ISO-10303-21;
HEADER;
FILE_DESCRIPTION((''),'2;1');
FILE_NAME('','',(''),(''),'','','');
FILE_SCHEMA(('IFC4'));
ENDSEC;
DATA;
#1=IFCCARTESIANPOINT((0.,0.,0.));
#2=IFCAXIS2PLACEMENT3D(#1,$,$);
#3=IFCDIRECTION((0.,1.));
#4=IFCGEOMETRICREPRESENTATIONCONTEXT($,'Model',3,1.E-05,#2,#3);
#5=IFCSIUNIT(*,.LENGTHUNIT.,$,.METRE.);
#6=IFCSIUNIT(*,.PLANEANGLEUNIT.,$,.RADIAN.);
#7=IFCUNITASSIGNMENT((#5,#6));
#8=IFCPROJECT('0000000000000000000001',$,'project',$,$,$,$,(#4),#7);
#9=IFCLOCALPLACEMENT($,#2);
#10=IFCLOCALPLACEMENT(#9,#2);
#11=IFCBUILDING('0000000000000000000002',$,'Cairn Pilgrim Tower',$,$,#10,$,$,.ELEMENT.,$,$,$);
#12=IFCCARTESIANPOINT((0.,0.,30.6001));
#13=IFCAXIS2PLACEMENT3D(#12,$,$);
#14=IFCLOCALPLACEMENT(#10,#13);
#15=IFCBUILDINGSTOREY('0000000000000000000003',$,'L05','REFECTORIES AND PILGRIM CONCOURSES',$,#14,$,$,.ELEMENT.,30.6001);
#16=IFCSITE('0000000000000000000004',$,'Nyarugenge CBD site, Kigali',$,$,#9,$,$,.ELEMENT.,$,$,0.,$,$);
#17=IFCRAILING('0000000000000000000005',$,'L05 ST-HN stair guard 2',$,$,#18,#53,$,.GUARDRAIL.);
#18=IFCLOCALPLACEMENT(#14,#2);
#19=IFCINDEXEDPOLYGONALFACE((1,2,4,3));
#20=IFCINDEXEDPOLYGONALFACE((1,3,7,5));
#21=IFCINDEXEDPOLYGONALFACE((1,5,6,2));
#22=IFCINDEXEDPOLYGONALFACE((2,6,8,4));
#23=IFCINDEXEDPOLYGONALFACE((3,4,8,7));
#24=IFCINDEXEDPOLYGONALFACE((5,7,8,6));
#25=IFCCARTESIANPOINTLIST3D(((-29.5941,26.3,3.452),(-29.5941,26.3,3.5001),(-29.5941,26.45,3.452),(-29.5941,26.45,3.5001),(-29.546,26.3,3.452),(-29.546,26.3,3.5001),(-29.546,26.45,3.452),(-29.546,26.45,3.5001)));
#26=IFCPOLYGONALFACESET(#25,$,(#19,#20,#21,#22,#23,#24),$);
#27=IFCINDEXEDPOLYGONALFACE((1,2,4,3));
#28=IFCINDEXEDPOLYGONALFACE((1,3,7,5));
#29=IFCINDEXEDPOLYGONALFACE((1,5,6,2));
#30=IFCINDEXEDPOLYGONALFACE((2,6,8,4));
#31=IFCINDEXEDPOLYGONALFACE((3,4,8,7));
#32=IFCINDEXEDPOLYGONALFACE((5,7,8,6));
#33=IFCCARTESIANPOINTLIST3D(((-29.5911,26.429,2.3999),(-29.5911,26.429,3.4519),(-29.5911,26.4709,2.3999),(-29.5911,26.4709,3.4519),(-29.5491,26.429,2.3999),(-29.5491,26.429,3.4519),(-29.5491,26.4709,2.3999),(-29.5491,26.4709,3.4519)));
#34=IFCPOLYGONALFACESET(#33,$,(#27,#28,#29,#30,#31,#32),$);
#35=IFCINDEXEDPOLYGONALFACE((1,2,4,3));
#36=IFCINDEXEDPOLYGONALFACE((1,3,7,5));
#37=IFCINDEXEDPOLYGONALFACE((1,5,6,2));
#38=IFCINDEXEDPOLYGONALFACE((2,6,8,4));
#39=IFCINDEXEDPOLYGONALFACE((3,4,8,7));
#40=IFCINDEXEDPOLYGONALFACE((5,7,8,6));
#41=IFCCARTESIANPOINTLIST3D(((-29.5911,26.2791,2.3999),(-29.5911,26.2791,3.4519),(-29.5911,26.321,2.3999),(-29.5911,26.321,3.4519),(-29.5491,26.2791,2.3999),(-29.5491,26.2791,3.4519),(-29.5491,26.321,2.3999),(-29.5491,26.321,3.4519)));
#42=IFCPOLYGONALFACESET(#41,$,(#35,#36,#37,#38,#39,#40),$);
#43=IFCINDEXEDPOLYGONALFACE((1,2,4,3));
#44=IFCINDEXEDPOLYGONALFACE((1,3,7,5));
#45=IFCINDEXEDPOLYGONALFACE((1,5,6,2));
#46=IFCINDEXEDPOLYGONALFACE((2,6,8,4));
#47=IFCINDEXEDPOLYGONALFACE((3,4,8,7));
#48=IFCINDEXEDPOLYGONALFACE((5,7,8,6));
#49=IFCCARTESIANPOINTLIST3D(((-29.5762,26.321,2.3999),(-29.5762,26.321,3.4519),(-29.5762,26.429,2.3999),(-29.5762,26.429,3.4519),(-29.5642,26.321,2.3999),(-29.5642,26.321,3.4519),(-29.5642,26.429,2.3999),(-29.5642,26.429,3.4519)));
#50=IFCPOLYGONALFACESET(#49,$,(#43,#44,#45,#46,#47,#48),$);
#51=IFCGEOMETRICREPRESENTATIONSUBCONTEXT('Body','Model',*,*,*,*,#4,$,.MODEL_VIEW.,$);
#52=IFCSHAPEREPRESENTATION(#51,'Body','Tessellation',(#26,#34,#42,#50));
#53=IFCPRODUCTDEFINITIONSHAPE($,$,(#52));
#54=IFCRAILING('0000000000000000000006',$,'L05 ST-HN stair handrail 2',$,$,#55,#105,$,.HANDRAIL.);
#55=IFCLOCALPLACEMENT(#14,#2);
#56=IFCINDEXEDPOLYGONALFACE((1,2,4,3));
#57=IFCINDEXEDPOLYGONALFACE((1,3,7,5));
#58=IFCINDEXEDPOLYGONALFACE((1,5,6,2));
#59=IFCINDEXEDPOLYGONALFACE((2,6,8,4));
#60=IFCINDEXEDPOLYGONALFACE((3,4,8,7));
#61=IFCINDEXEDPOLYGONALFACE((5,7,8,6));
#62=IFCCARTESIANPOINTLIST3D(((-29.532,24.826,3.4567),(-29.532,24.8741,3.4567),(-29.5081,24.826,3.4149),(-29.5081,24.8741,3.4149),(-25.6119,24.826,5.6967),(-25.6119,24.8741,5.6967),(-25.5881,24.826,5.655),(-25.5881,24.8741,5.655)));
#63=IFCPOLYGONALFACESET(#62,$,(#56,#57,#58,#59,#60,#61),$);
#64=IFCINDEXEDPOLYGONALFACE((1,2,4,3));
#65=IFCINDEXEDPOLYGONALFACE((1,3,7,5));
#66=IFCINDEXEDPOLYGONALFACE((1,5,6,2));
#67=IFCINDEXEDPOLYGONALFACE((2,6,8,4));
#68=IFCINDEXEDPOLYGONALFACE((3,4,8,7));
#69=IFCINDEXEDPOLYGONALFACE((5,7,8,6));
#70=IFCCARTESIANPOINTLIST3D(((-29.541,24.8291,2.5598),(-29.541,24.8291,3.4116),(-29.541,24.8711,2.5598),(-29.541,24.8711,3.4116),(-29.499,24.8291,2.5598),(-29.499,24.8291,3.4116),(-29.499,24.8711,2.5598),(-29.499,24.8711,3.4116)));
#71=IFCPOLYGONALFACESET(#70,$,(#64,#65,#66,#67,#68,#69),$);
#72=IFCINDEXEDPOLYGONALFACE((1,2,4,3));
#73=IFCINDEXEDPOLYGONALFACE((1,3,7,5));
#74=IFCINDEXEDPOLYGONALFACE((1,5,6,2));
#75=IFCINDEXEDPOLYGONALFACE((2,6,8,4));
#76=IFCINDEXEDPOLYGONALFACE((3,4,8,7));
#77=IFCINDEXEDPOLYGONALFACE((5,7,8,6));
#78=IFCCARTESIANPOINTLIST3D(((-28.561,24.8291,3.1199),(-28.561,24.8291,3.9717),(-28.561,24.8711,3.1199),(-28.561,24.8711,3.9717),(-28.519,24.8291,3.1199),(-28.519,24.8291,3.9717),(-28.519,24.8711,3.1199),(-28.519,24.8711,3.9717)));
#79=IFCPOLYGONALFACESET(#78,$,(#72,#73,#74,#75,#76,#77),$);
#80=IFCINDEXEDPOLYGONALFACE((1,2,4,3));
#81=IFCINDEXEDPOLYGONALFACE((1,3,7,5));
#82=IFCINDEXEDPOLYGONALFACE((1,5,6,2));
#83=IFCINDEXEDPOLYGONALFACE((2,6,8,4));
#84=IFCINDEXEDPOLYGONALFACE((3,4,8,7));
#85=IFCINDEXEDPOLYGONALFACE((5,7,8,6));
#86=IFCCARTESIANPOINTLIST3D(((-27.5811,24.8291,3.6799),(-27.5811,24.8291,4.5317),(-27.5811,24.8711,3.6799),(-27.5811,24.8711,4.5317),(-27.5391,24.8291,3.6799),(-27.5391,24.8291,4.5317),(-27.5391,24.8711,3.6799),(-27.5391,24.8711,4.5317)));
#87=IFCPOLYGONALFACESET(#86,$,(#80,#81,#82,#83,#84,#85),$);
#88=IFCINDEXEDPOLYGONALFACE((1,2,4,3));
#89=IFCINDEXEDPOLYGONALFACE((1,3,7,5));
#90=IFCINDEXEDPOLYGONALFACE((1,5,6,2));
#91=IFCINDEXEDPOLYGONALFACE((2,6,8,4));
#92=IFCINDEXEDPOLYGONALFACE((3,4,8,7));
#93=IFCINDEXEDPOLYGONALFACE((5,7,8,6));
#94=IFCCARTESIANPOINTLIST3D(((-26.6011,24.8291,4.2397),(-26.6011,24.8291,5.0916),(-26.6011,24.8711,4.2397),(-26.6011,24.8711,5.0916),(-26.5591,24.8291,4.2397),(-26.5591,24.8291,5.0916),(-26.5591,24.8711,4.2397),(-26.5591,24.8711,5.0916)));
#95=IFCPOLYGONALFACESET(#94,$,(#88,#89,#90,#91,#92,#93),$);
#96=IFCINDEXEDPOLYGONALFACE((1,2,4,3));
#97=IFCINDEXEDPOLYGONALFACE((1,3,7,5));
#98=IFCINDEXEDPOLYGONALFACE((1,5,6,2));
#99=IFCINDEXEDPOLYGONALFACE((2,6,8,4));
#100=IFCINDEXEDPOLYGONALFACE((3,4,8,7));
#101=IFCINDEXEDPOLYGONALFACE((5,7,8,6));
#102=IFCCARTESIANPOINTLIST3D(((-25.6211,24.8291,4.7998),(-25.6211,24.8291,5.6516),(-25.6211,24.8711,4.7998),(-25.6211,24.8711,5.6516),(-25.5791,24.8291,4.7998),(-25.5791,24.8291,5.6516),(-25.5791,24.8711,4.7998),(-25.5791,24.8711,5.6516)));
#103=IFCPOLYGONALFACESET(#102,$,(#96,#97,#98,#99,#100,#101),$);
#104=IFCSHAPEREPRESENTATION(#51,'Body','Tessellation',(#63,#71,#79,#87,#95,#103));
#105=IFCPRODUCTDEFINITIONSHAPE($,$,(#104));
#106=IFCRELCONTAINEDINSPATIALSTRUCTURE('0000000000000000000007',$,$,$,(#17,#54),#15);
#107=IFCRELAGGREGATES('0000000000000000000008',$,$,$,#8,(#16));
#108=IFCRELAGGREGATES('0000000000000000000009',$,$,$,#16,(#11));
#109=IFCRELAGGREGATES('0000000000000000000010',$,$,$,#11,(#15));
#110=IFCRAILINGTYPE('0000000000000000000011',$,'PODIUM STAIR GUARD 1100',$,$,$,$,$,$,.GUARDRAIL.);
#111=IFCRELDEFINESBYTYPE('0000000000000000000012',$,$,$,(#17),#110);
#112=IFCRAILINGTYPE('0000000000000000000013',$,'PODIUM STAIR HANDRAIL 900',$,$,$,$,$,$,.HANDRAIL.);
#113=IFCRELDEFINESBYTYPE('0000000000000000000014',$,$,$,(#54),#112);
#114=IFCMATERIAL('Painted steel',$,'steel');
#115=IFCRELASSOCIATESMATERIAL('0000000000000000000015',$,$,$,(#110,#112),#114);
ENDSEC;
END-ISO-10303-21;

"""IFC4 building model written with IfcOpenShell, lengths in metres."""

from ifc_helpers import new_model, si_unit, direction, frame, origin, origin_2d, place, context, subcontext, project, spatial, polyline, rectangle, outline, extrude, material, type_object, element, save


model = new_model("IFC4")

# Units and contexts
model_context = context("Model", 3, precision=1e-05, world=origin(), true_north=direction((0.0, 1.0)))
body_context = subcontext(model_context, "Body", "Model", "MODEL_VIEW")
ifc_project = project(units=[si_unit("LENGTHUNIT", "METRE"), si_unit("PLANEANGLEUNIT", "RADIAN")], contexts=[model_context])

# Site, building, storey
site_placement = place(None, origin())
site = spatial("IfcSite", under=ifc_project, at=site_placement, Name="Nyarugenge CBD site, Kigali", CompositionType="ELEMENT", RefElevation=0.0)
building_placement = place(site_placement, origin())
building = spatial("IfcBuilding", under=site, at=building_placement, Name="Cairn Pilgrim Tower", CompositionType="ELEMENT")
storey_placement = place(building_placement, frame((0.0, 0.0, 30.6001)))
storey = spatial("IfcBuildingStorey", under=building, at=storey_placement, Name="L05", Description="REFECTORIES AND PILGRIM CONCOURSES", CompositionType="ELEMENT", Elevation=30.6001)

# Railings
ifc_material_1 = material(Name="Painted steel", Category="steel")
railing_type_1 = type_object("IfcRailingType", Name="PODIUM STAIR GUARD 1100", PredefinedType="GUARDRAIL", material=ifc_material_1)
railing_1_placement = place(storey_placement, frame((-29.5701, 26.45, 2.3999)))
element("IfcRailing", 1, at=railing_1_placement, inside=storey, type_object=railing_type_1, Name="L05 ST-HN stair guard 2", PredefinedType="GUARDRAIL", context=body_context, shape_type="SweptSolid", body=[
    extrude(rectangle(XDim=0.0481, YDim=0.0481, at=origin_2d()), frame((0.0, 0.0, 1.0762), z_axis=(0.0, -1.0, 0.0), x_axis=(1.0, 0.0, 0.0)), (0.0, 0.0, 1.0), 0.1499),
    extrude(rectangle(XDim=0.042, YDim=0.042, at=origin_2d()), origin(), (0.0, 0.0, 1.0), 1.052),
    extrude(rectangle(XDim=0.042, YDim=0.042, at=origin_2d()), frame((0.0, -0.1499, 0.0)), (0.0, 0.0, 1.0), 1.052),
    extrude(outline(polyline([(0.021, 0.0), (0.1289, 0.0), (0.1289, 1.052), (0.021, 1.052), (0.021, 0.0)])), frame((0.0059, 0.0, 0.0), z_axis=(-1.0, 0.0, 0.0), x_axis=(0.0, -1.0, 0.0)), (0.0, 0.0, 1.0), 0.012),
])
railing_type_2 = type_object("IfcRailingType", Name="PODIUM STAIR HANDRAIL 900", PredefinedType="HANDRAIL", material=ifc_material_1)
railing_2_placement = place(storey_placement, frame((-29.52, 24.8501, 2.5598)))
element("IfcRailing", 2, at=railing_2_placement, inside=storey, type_object=railing_type_2, Name="L05 ST-HN stair handrail 2", PredefinedType="HANDRAIL", context=body_context, shape_type="SweptSolid", body=[
    extrude(rectangle(XDim=0.0481, YDim=0.0481, at=origin_2d()), frame((0.0, 0.0, 0.876), z_axis=(0.86824, 0.0, 0.496145), x_axis=(0.0, 1.0, 0.0)), (0.0, 0.0, 1.0), 4.5149),
    extrude(rectangle(XDim=0.042, YDim=0.042, at=origin_2d()), origin(), (0.0, 0.0, 1.0), 0.8518),
    extrude(rectangle(XDim=0.042, YDim=0.042, at=origin_2d()), frame((0.98, 0.0, 0.5601)), (0.0, 0.0, 1.0), 0.8518),
    extrude(rectangle(XDim=0.042, YDim=0.042, at=origin_2d()), frame((1.96, 0.0, 1.1201)), (0.0, 0.0, 1.0), 0.8518),
    extrude(rectangle(XDim=0.042, YDim=0.042, at=origin_2d()), frame((2.9399, 0.0, 1.6799)), (0.0, 0.0, 1.0), 0.8518),
    extrude(rectangle(XDim=0.042, YDim=0.042, at=origin_2d()), frame((3.9199, 0.0, 2.24)), (0.0, 0.0, 1.0), 0.8518),
])

save(model, "model.ifc")
